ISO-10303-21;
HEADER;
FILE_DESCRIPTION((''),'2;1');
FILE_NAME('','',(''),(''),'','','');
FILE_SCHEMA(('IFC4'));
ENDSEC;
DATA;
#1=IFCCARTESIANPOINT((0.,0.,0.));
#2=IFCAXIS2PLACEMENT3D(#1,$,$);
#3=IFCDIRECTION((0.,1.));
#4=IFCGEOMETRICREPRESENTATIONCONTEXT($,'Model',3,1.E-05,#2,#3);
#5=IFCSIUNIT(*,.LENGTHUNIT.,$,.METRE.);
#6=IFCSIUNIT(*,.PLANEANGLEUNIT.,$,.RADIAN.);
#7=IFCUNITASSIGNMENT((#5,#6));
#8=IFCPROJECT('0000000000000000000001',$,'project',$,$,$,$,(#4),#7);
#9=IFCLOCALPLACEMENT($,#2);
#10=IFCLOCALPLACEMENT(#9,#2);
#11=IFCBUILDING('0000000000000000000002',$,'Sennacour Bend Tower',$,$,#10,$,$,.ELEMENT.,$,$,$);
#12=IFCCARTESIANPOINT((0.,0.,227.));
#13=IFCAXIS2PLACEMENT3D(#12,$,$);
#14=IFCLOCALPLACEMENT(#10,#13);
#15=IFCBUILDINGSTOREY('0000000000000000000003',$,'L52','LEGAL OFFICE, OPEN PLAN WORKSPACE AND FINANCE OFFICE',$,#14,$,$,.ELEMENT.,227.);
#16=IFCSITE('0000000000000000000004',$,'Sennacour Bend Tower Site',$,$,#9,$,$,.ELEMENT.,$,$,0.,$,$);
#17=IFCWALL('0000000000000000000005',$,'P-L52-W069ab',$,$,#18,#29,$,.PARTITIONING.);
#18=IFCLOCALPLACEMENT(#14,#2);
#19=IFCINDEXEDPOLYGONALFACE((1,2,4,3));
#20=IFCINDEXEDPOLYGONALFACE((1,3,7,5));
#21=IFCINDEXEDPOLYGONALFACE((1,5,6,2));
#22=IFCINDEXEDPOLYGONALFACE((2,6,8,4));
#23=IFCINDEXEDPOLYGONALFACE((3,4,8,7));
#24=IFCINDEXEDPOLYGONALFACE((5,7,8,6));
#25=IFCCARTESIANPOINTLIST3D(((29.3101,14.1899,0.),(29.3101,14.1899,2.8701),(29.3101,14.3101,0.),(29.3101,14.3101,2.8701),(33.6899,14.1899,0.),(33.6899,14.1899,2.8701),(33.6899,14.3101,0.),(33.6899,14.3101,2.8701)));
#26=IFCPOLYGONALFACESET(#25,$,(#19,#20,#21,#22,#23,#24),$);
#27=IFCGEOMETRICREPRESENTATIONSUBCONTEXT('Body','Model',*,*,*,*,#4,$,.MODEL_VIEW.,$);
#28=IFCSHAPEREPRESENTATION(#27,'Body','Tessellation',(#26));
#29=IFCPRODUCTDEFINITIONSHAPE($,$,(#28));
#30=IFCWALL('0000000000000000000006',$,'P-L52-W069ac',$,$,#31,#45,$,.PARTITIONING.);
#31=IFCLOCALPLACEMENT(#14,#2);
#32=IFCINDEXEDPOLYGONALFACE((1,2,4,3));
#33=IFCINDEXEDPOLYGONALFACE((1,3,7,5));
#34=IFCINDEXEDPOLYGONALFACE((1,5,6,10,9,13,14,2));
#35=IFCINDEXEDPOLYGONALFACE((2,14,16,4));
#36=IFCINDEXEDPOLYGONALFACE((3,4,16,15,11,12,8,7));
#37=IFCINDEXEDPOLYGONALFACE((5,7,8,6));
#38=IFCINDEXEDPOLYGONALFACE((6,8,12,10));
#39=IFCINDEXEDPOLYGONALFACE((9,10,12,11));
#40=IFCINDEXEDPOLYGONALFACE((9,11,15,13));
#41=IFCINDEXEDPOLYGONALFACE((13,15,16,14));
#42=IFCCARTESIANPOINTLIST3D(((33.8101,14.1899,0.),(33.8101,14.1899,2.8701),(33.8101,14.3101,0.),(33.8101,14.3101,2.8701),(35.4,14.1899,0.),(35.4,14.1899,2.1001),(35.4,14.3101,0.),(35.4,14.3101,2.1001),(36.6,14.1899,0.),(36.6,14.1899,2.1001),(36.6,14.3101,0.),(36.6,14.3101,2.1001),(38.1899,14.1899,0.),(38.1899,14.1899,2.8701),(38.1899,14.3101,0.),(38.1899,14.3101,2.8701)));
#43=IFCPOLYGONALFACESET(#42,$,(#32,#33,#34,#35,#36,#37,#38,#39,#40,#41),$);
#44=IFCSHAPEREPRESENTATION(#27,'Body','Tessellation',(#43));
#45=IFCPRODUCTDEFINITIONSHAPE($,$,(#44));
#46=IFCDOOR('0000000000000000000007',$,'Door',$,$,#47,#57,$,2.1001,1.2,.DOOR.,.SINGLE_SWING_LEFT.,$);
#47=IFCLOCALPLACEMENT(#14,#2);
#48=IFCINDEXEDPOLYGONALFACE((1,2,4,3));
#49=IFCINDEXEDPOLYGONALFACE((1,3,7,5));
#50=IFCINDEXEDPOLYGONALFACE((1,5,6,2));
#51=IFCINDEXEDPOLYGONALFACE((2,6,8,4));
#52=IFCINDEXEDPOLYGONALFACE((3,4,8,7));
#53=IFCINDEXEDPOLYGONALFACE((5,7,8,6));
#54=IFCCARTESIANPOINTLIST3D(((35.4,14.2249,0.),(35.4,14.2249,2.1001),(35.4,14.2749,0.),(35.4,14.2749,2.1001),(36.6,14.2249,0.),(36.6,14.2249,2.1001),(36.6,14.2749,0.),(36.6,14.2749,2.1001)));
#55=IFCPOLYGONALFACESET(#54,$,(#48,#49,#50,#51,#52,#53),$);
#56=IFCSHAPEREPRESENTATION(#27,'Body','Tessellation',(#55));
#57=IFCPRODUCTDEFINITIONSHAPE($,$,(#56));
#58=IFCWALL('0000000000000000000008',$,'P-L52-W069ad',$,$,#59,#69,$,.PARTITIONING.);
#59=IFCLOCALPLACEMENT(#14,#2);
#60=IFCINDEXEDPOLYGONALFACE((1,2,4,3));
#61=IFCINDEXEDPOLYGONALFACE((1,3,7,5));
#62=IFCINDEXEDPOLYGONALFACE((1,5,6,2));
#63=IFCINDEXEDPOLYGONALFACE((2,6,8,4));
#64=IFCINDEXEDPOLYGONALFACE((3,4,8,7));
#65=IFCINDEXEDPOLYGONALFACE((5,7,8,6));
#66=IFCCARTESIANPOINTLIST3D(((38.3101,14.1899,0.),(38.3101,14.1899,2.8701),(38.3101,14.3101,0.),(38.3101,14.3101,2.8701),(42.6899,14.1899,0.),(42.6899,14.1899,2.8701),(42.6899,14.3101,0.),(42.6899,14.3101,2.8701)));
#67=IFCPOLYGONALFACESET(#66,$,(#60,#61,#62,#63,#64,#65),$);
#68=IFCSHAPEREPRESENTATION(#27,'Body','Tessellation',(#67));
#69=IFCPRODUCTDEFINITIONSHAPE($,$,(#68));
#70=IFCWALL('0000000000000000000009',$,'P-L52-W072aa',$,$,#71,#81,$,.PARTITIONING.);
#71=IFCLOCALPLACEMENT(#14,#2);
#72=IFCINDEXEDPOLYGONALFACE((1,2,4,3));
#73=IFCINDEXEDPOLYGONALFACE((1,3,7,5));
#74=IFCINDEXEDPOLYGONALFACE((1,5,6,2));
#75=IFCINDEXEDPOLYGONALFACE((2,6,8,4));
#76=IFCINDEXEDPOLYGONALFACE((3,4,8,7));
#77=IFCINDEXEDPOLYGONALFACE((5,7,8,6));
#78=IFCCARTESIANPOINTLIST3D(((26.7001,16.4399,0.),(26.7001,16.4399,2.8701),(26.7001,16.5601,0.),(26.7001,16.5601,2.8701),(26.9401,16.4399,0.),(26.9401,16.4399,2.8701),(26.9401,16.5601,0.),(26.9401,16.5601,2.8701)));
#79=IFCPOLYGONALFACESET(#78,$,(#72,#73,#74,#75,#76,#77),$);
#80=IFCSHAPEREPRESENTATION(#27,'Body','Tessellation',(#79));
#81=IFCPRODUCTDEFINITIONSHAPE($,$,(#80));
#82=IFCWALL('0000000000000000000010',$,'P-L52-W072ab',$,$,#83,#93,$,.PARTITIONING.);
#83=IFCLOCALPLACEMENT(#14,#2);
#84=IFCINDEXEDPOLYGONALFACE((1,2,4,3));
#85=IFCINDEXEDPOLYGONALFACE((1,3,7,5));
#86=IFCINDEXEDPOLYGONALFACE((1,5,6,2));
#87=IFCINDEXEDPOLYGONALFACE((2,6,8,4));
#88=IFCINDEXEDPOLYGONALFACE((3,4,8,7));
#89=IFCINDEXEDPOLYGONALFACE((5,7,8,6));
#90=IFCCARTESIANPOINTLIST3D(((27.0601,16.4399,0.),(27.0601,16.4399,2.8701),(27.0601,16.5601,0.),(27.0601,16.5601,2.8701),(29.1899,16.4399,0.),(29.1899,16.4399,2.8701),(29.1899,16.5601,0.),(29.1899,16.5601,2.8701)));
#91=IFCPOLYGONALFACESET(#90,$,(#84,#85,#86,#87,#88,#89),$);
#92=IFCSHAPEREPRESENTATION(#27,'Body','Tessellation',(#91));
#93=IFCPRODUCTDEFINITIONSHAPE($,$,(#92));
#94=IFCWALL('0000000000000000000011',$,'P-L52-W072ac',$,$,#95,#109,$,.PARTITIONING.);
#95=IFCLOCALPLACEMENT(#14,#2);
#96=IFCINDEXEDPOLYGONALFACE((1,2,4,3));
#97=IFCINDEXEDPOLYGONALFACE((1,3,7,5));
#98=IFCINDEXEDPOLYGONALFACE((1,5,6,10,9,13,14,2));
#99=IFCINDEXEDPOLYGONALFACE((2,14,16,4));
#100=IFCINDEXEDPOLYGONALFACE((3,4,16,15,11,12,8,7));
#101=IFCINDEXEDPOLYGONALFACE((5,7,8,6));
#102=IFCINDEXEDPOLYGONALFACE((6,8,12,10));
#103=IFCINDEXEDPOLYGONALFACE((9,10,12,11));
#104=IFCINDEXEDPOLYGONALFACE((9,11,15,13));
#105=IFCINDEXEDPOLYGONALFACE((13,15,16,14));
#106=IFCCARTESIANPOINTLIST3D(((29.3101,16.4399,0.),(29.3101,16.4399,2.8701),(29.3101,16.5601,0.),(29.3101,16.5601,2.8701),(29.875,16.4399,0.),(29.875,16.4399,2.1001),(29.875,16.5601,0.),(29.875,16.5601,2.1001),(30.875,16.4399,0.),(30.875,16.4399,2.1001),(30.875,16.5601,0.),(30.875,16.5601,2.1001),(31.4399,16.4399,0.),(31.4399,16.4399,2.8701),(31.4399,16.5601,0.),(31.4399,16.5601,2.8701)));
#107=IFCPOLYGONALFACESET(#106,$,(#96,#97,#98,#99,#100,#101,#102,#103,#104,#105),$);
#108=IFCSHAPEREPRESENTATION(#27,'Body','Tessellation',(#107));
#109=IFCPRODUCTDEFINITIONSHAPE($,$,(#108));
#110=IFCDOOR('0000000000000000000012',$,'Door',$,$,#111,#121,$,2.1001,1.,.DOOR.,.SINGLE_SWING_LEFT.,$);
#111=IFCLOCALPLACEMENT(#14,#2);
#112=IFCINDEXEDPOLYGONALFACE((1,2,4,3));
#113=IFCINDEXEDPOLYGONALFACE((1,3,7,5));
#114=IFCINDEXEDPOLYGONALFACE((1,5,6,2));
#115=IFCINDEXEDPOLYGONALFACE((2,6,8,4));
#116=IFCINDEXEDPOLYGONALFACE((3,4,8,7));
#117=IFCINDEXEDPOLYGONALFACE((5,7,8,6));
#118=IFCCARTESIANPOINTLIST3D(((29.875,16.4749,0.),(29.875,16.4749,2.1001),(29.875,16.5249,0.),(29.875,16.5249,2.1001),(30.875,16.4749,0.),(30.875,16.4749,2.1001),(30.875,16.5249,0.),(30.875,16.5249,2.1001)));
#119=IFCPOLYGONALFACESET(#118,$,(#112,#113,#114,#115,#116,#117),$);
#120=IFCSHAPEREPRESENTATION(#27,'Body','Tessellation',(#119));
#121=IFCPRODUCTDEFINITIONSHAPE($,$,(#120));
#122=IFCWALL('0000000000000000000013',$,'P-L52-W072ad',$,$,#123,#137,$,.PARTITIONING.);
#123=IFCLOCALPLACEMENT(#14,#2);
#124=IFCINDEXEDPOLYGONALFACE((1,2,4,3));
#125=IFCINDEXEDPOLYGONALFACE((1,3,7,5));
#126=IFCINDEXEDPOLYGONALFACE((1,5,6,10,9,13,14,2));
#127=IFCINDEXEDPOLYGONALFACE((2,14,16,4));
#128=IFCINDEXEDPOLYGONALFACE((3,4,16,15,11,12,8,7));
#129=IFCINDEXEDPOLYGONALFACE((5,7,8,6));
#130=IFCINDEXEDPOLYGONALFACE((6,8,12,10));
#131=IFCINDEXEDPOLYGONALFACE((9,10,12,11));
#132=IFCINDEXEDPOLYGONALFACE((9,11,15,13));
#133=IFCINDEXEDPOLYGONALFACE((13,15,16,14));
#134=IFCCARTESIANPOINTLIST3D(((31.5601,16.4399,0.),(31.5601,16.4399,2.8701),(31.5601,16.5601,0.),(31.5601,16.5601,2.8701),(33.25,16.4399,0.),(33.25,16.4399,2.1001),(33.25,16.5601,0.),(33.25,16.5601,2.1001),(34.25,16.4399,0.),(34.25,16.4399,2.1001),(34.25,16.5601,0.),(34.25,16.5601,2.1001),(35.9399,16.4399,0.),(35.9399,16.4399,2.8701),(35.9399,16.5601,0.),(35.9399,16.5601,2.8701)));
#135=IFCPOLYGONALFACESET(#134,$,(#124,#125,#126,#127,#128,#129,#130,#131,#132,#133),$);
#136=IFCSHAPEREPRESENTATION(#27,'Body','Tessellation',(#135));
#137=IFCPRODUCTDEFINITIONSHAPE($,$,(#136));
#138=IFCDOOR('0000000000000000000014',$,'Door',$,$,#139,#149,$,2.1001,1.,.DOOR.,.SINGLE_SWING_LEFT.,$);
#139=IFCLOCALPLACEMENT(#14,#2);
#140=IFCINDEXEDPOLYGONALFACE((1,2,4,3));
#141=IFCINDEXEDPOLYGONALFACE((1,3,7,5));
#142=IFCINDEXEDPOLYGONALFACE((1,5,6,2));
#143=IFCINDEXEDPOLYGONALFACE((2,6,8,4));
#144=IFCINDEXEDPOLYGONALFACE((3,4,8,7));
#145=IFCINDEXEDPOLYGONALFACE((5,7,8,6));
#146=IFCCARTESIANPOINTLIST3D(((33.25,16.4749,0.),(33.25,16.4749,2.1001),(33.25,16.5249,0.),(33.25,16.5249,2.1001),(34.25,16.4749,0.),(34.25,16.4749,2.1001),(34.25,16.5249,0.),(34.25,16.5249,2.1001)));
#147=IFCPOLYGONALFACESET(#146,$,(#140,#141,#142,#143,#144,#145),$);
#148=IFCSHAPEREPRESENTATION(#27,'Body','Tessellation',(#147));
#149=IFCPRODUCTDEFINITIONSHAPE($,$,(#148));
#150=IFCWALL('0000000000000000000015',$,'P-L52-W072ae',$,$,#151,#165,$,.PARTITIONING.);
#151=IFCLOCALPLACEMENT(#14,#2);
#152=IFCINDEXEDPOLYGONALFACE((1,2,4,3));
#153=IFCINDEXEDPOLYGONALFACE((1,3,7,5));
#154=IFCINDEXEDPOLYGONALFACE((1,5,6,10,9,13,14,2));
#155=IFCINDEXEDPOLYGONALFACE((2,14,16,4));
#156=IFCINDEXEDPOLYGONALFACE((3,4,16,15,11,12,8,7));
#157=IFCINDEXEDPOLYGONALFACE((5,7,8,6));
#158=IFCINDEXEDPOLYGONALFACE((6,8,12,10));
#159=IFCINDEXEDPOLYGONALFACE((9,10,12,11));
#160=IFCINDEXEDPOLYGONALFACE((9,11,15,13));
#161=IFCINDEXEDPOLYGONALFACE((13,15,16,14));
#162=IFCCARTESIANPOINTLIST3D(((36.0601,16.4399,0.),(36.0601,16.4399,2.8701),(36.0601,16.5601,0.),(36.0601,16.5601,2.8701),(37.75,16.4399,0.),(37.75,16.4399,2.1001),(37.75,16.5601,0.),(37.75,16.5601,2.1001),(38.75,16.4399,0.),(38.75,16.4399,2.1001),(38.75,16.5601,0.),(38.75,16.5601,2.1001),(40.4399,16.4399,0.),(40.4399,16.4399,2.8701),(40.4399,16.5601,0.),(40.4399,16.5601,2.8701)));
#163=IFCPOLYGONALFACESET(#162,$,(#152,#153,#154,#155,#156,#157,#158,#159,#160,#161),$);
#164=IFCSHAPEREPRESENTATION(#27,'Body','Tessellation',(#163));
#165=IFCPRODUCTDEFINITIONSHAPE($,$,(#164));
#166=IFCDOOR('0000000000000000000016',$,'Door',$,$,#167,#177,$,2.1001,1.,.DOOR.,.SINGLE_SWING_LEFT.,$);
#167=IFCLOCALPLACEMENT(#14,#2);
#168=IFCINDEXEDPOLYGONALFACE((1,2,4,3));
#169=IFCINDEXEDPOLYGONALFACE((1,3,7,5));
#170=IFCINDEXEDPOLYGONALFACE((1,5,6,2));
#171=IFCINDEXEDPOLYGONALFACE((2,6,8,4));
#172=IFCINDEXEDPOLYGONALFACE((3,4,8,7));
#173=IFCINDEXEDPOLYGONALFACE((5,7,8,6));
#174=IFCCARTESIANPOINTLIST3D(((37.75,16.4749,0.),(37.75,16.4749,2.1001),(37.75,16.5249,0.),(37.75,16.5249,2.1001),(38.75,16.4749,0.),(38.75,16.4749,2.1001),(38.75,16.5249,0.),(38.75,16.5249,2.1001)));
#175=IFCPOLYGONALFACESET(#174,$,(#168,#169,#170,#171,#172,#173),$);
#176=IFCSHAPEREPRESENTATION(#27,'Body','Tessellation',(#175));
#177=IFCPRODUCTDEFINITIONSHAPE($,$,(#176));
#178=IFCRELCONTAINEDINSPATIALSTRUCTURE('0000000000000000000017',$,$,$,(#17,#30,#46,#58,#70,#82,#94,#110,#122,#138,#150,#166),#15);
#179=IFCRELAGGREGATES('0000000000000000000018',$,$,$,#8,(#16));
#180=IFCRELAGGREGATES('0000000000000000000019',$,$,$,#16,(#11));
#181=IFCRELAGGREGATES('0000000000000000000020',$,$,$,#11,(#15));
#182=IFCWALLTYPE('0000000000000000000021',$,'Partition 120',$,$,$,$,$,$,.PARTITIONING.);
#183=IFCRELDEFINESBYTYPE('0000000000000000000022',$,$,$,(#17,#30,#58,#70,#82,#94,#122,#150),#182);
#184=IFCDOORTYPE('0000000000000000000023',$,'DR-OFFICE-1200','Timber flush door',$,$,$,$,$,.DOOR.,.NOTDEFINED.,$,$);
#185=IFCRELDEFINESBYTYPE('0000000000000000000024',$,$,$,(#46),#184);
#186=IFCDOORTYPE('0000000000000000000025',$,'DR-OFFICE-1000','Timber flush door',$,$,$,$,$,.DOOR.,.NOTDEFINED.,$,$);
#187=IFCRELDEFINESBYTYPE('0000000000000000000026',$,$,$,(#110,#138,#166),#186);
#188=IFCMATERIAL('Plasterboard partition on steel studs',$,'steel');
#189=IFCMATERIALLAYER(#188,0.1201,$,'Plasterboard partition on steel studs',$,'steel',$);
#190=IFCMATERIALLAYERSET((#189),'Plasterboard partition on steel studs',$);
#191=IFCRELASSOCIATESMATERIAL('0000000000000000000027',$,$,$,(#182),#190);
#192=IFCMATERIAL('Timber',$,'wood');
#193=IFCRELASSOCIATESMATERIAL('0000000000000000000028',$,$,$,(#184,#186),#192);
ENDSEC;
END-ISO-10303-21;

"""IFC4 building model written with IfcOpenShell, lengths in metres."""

from ifc_helpers import new_model, si_unit, direction, frame, frame_2d, origin, place, context, subcontext, project, spatial, rectangle, extrude, material, layer, layer_set, type_object, element, fill, save


model = new_model("IFC4")

# Units and contexts
model_context = context("Model", 3, precision=1e-05, world=origin(), true_north=direction((0.0, 1.0)))
body_context = subcontext(model_context, "Body", "Model", "MODEL_VIEW")
ifc_project = project(units=[si_unit("LENGTHUNIT", "METRE"), si_unit("PLANEANGLEUNIT", "RADIAN")], contexts=[model_context])

# Site, building, storey
site_placement = place(None, origin())
site = spatial("IfcSite", under=ifc_project, at=site_placement, Name="Sennacour Bend Tower Site", CompositionType="ELEMENT", RefElevation=0.0)
building_placement = place(site_placement, origin())
building = spatial("IfcBuilding", under=site, at=building_placement, Name="Sennacour Bend Tower", CompositionType="ELEMENT")
storey_placement = place(building_placement, frame((0.0, 0.0, 227.0)))
storey = spatial("IfcBuildingStorey", under=building, at=storey_placement, Name="L52", Description="LEGAL OFFICE, OPEN PLAN WORKSPACE AND FINANCE OFFICE", CompositionType="ELEMENT", Elevation=227.0)

# Wall
ifc_material_1 = material(Name="Plasterboard partition on steel studs", Category="steel")
ifc_layer_1 = layer(ifc_material_1, 0.1201, Name="Plasterboard partition on steel studs", Category="steel")
ifc_layer_set_1 = layer_set([ifc_layer_1], Name="Plasterboard partition on steel studs")
wall_type_1 = type_object("IfcWallType", Name="Partition 120", PredefinedType="PARTITIONING", material=ifc_layer_set_1)
wall_1_placement = place(storey_placement, frame((29.3101, 14.25, 0.0), z_axis=(0.0, 0.0, 1.0), x_axis=(1.0, 0.0, 0.0)))
element("IfcWall", 1, at=wall_1_placement, inside=storey, type_object=wall_type_1, Name="P-L52-W069ab", PredefinedType="PARTITIONING", context=body_context, shape_type="SweptSolid", body=[
    extrude(rectangle(XDim=4.3799, YDim=0.1201, at=frame_2d((2.1899, 0.0))), origin(), (0.0, 0.0, 1.0), 2.8701),
])

# Wall, opening, door
wall_2_placement = place(storey_placement, frame((33.8101, 14.25, 0.0), z_axis=(0.0, 0.0, 1.0), x_axis=(1.0, 0.0, 0.0)))
wall_2 = element("IfcWall", 2, at=wall_2_placement, inside=storey, type_object=wall_type_1, Name="P-L52-W069ac", PredefinedType="PARTITIONING", context=body_context, shape_type="SweptSolid", body=[
    extrude(rectangle(XDim=4.3799, YDim=0.1201, at=frame_2d((2.1899, 0.0))), origin(), (0.0, 0.0, 1.0), 2.8701),
])
opening_1_placement = place(wall_2_placement, frame((1.5898, 0.0, 0.0)))
opening_1 = element("IfcOpeningElement", 3, at=opening_1_placement, cuts=wall_2, PredefinedType="OPENING", context=body_context, shape_type="SweptSolid", body=[
    extrude(rectangle(XDim=1.2, YDim=2.1001, at=frame_2d((0.6001, 1.05))), frame((0.0, 0.0701, 0.0), z_axis=(0.0, -1.0, 0.0), x_axis=(1.0, 0.0, 0.0)), (0.0, 0.0, 1.0), 0.1401),
])
ifc_material_2 = material(Name="Timber", Category="wood")
door_type_1 = type_object("IfcDoorType", Name="DR-OFFICE-1200", Description="Timber flush door", OperationType="NOTDEFINED", PredefinedType="DOOR", material=ifc_material_2)
door_1_placement = place(opening_1_placement, origin())
door_1 = element("IfcDoor", 4, at=door_1_placement, inside=storey, type_object=door_type_1, Name="Door", OperationType="SINGLE_SWING_LEFT", OverallHeight=2.1001, OverallWidth=1.2, PredefinedType="DOOR", context=body_context, shape_type="SweptSolid", body=[
    extrude(rectangle(XDim=1.2, YDim=2.1001, at=frame_2d((0.6001, 1.05))), frame((0.0, 0.0249, 0.0), z_axis=(0.0, -1.0, 0.0), x_axis=(1.0, 0.0, 0.0)), (0.0, 0.0, 1.0), 0.05),
])
fill(opening_1, door_1)

# Walls
wall_3_placement = place(storey_placement, frame((38.3101, 14.25, 0.0), z_axis=(0.0, 0.0, 1.0), x_axis=(1.0, 0.0, 0.0)))
element("IfcWall", 5, at=wall_3_placement, inside=storey, type_object=wall_type_1, Name="P-L52-W069ad", PredefinedType="PARTITIONING", context=body_context, shape_type="SweptSolid", body=[
    extrude(rectangle(XDim=4.3799, YDim=0.1201, at=frame_2d((2.1899, 0.0))), origin(), (0.0, 0.0, 1.0), 2.8701),
])
wall_4_placement = place(storey_placement, frame((26.7, 16.5, 0.0), z_axis=(0.0, 0.0, 1.0), x_axis=(1.0, 0.0, 0.0)))
element("IfcWall", 6, at=wall_4_placement, inside=storey, type_object=wall_type_1, Name="P-L52-W072aa", PredefinedType="PARTITIONING", context=body_context, shape_type="SweptSolid", body=[
    extrude(rectangle(XDim=0.24, YDim=0.1201, at=frame_2d((0.1201, 0.0))), origin(), (0.0, 0.0, 1.0), 2.8701),
])
wall_5_placement = place(storey_placement, frame((27.0601, 16.5, 0.0), z_axis=(0.0, 0.0, 1.0), x_axis=(1.0, 0.0, 0.0)))
element("IfcWall", 7, at=wall_5_placement, inside=storey, type_object=wall_type_1, Name="P-L52-W072ab", PredefinedType="PARTITIONING", context=body_context, shape_type="SweptSolid", body=[
    extrude(rectangle(XDim=2.1299, YDim=0.1201, at=frame_2d((1.0649, 0.0))), origin(), (0.0, 0.0, 1.0), 2.8701),
])

# Walls, openings, doors
wall_6_placement = place(storey_placement, frame((29.3101, 16.5, 0.0), z_axis=(0.0, 0.0, 1.0), x_axis=(1.0, 0.0, 0.0)))
wall_6 = element("IfcWall", 8, at=wall_6_placement, inside=storey, type_object=wall_type_1, Name="P-L52-W072ac", PredefinedType="PARTITIONING", context=body_context, shape_type="SweptSolid", body=[
    extrude(rectangle(XDim=2.1299, YDim=0.1201, at=frame_2d((1.0649, 0.0))), origin(), (0.0, 0.0, 1.0), 2.8701),
])
opening_2_placement = place(wall_6_placement, frame((0.5649, 0.0, 0.0)))
opening_2 = element("IfcOpeningElement", 9, at=opening_2_placement, cuts=wall_6, PredefinedType="OPENING", context=body_context, shape_type="SweptSolid", body=[
    extrude(rectangle(XDim=1.0, YDim=2.1001, at=frame_2d((0.5, 1.05))), frame((0.0, 0.0701, 0.0), z_axis=(0.0, -1.0, 0.0), x_axis=(1.0, 0.0, 0.0)), (0.0, 0.0, 1.0), 0.1401),
])
door_type_2 = type_object("IfcDoorType", Name="DR-OFFICE-1000", Description="Timber flush door", OperationType="NOTDEFINED", PredefinedType="DOOR", material=ifc_material_2)
door_2_placement = place(opening_2_placement, origin())
door_2 = element("IfcDoor", 10, at=door_2_placement, inside=storey, type_object=door_type_2, Name="Door", OperationType="SINGLE_SWING_LEFT", OverallHeight=2.1001, OverallWidth=1.0, PredefinedType="DOOR", context=body_context, shape_type="SweptSolid", body=[
    extrude(rectangle(XDim=1.0, YDim=2.1001, at=frame_2d((0.5, 1.05))), frame((0.0, 0.0249, 0.0), z_axis=(0.0, -1.0, 0.0), x_axis=(1.0, 0.0, 0.0)), (0.0, 0.0, 1.0), 0.05),
])
fill(opening_2, door_2)
wall_7_placement = place(storey_placement, frame((31.5601, 16.5, 0.0), z_axis=(0.0, 0.0, 1.0), x_axis=(1.0, 0.0, 0.0)))
wall_7 = element("IfcWall", 11, at=wall_7_placement, inside=storey, type_object=wall_type_1, Name="P-L52-W072ad", PredefinedType="PARTITIONING", context=body_context, shape_type="SweptSolid", body=[
    extrude(rectangle(XDim=4.3799, YDim=0.1201, at=frame_2d((2.1899, 0.0))), origin(), (0.0, 0.0, 1.0), 2.8701),
])
opening_3_placement = place(wall_7_placement, frame((1.6899, 0.0, 0.0)))
opening_3 = element("IfcOpeningElement", 12, at=opening_3_placement, cuts=wall_7, PredefinedType="OPENING", context=body_context, shape_type="SweptSolid", body=[
    extrude(rectangle(XDim=1.0, YDim=2.1001, at=frame_2d((0.5, 1.05))), frame((0.0, 0.0701, 0.0), z_axis=(0.0, -1.0, 0.0), x_axis=(1.0, 0.0, 0.0)), (0.0, 0.0, 1.0), 0.1401),
])
door_3_placement = place(opening_3_placement, origin())
door_3 = element("IfcDoor", 13, at=door_3_placement, inside=storey, type_object=door_type_2, Name="Door", OperationType="SINGLE_SWING_LEFT", OverallHeight=2.1001, OverallWidth=1.0, PredefinedType="DOOR", context=body_context, shape_type="SweptSolid", body=[
    extrude(rectangle(XDim=1.0, YDim=2.1001, at=frame_2d((0.5, 1.05))), frame((0.0, 0.0249, 0.0), z_axis=(0.0, -1.0, 0.0), x_axis=(1.0, 0.0, 0.0)), (0.0, 0.0, 1.0), 0.05),
])
fill(opening_3, door_3)
wall_8_placement = place(storey_placement, frame((36.0601, 16.5, 0.0), z_axis=(0.0, 0.0, 1.0), x_axis=(1.0, 0.0, 0.0)))
wall_8 = element("IfcWall", 14, at=wall_8_placement, inside=storey, type_object=wall_type_1, Name="P-L52-W072ae", PredefinedType="PARTITIONING", context=body_context, shape_type="SweptSolid", body=[
    extrude(rectangle(XDim=4.3799, YDim=0.1201, at=frame_2d((2.1899, 0.0))), origin(), (0.0, 0.0, 1.0), 2.8701),
])
opening_4_placement = place(wall_8_placement, frame((1.6899, 0.0, 0.0)))
opening_4 = element("IfcOpeningElement", 15, at=opening_4_placement, cuts=wall_8, PredefinedType="OPENING", context=body_context, shape_type="SweptSolid", body=[
    extrude(rectangle(XDim=1.0, YDim=2.1001, at=frame_2d((0.5, 1.05))), frame((0.0, 0.0701, 0.0), z_axis=(0.0, -1.0, 0.0), x_axis=(1.0, 0.0, 0.0)), (0.0, 0.0, 1.0), 0.1401),
])
door_4_placement = place(opening_4_placement, origin())
door_4 = element("IfcDoor", 16, at=door_4_placement, inside=storey, type_object=door_type_2, Name="Door", OperationType="SINGLE_SWING_LEFT", OverallHeight=2.1001, OverallWidth=1.0, PredefinedType="DOOR", context=body_context, shape_type="SweptSolid", body=[
    extrude(rectangle(XDim=1.0, YDim=2.1001, at=frame_2d((0.5, 1.05))), frame((0.0, 0.0249, 0.0), z_axis=(0.0, -1.0, 0.0), x_axis=(1.0, 0.0, 0.0)), (0.0, 0.0, 1.0), 0.05),
])
fill(opening_4, door_4)

save(model, "model.ifc")
